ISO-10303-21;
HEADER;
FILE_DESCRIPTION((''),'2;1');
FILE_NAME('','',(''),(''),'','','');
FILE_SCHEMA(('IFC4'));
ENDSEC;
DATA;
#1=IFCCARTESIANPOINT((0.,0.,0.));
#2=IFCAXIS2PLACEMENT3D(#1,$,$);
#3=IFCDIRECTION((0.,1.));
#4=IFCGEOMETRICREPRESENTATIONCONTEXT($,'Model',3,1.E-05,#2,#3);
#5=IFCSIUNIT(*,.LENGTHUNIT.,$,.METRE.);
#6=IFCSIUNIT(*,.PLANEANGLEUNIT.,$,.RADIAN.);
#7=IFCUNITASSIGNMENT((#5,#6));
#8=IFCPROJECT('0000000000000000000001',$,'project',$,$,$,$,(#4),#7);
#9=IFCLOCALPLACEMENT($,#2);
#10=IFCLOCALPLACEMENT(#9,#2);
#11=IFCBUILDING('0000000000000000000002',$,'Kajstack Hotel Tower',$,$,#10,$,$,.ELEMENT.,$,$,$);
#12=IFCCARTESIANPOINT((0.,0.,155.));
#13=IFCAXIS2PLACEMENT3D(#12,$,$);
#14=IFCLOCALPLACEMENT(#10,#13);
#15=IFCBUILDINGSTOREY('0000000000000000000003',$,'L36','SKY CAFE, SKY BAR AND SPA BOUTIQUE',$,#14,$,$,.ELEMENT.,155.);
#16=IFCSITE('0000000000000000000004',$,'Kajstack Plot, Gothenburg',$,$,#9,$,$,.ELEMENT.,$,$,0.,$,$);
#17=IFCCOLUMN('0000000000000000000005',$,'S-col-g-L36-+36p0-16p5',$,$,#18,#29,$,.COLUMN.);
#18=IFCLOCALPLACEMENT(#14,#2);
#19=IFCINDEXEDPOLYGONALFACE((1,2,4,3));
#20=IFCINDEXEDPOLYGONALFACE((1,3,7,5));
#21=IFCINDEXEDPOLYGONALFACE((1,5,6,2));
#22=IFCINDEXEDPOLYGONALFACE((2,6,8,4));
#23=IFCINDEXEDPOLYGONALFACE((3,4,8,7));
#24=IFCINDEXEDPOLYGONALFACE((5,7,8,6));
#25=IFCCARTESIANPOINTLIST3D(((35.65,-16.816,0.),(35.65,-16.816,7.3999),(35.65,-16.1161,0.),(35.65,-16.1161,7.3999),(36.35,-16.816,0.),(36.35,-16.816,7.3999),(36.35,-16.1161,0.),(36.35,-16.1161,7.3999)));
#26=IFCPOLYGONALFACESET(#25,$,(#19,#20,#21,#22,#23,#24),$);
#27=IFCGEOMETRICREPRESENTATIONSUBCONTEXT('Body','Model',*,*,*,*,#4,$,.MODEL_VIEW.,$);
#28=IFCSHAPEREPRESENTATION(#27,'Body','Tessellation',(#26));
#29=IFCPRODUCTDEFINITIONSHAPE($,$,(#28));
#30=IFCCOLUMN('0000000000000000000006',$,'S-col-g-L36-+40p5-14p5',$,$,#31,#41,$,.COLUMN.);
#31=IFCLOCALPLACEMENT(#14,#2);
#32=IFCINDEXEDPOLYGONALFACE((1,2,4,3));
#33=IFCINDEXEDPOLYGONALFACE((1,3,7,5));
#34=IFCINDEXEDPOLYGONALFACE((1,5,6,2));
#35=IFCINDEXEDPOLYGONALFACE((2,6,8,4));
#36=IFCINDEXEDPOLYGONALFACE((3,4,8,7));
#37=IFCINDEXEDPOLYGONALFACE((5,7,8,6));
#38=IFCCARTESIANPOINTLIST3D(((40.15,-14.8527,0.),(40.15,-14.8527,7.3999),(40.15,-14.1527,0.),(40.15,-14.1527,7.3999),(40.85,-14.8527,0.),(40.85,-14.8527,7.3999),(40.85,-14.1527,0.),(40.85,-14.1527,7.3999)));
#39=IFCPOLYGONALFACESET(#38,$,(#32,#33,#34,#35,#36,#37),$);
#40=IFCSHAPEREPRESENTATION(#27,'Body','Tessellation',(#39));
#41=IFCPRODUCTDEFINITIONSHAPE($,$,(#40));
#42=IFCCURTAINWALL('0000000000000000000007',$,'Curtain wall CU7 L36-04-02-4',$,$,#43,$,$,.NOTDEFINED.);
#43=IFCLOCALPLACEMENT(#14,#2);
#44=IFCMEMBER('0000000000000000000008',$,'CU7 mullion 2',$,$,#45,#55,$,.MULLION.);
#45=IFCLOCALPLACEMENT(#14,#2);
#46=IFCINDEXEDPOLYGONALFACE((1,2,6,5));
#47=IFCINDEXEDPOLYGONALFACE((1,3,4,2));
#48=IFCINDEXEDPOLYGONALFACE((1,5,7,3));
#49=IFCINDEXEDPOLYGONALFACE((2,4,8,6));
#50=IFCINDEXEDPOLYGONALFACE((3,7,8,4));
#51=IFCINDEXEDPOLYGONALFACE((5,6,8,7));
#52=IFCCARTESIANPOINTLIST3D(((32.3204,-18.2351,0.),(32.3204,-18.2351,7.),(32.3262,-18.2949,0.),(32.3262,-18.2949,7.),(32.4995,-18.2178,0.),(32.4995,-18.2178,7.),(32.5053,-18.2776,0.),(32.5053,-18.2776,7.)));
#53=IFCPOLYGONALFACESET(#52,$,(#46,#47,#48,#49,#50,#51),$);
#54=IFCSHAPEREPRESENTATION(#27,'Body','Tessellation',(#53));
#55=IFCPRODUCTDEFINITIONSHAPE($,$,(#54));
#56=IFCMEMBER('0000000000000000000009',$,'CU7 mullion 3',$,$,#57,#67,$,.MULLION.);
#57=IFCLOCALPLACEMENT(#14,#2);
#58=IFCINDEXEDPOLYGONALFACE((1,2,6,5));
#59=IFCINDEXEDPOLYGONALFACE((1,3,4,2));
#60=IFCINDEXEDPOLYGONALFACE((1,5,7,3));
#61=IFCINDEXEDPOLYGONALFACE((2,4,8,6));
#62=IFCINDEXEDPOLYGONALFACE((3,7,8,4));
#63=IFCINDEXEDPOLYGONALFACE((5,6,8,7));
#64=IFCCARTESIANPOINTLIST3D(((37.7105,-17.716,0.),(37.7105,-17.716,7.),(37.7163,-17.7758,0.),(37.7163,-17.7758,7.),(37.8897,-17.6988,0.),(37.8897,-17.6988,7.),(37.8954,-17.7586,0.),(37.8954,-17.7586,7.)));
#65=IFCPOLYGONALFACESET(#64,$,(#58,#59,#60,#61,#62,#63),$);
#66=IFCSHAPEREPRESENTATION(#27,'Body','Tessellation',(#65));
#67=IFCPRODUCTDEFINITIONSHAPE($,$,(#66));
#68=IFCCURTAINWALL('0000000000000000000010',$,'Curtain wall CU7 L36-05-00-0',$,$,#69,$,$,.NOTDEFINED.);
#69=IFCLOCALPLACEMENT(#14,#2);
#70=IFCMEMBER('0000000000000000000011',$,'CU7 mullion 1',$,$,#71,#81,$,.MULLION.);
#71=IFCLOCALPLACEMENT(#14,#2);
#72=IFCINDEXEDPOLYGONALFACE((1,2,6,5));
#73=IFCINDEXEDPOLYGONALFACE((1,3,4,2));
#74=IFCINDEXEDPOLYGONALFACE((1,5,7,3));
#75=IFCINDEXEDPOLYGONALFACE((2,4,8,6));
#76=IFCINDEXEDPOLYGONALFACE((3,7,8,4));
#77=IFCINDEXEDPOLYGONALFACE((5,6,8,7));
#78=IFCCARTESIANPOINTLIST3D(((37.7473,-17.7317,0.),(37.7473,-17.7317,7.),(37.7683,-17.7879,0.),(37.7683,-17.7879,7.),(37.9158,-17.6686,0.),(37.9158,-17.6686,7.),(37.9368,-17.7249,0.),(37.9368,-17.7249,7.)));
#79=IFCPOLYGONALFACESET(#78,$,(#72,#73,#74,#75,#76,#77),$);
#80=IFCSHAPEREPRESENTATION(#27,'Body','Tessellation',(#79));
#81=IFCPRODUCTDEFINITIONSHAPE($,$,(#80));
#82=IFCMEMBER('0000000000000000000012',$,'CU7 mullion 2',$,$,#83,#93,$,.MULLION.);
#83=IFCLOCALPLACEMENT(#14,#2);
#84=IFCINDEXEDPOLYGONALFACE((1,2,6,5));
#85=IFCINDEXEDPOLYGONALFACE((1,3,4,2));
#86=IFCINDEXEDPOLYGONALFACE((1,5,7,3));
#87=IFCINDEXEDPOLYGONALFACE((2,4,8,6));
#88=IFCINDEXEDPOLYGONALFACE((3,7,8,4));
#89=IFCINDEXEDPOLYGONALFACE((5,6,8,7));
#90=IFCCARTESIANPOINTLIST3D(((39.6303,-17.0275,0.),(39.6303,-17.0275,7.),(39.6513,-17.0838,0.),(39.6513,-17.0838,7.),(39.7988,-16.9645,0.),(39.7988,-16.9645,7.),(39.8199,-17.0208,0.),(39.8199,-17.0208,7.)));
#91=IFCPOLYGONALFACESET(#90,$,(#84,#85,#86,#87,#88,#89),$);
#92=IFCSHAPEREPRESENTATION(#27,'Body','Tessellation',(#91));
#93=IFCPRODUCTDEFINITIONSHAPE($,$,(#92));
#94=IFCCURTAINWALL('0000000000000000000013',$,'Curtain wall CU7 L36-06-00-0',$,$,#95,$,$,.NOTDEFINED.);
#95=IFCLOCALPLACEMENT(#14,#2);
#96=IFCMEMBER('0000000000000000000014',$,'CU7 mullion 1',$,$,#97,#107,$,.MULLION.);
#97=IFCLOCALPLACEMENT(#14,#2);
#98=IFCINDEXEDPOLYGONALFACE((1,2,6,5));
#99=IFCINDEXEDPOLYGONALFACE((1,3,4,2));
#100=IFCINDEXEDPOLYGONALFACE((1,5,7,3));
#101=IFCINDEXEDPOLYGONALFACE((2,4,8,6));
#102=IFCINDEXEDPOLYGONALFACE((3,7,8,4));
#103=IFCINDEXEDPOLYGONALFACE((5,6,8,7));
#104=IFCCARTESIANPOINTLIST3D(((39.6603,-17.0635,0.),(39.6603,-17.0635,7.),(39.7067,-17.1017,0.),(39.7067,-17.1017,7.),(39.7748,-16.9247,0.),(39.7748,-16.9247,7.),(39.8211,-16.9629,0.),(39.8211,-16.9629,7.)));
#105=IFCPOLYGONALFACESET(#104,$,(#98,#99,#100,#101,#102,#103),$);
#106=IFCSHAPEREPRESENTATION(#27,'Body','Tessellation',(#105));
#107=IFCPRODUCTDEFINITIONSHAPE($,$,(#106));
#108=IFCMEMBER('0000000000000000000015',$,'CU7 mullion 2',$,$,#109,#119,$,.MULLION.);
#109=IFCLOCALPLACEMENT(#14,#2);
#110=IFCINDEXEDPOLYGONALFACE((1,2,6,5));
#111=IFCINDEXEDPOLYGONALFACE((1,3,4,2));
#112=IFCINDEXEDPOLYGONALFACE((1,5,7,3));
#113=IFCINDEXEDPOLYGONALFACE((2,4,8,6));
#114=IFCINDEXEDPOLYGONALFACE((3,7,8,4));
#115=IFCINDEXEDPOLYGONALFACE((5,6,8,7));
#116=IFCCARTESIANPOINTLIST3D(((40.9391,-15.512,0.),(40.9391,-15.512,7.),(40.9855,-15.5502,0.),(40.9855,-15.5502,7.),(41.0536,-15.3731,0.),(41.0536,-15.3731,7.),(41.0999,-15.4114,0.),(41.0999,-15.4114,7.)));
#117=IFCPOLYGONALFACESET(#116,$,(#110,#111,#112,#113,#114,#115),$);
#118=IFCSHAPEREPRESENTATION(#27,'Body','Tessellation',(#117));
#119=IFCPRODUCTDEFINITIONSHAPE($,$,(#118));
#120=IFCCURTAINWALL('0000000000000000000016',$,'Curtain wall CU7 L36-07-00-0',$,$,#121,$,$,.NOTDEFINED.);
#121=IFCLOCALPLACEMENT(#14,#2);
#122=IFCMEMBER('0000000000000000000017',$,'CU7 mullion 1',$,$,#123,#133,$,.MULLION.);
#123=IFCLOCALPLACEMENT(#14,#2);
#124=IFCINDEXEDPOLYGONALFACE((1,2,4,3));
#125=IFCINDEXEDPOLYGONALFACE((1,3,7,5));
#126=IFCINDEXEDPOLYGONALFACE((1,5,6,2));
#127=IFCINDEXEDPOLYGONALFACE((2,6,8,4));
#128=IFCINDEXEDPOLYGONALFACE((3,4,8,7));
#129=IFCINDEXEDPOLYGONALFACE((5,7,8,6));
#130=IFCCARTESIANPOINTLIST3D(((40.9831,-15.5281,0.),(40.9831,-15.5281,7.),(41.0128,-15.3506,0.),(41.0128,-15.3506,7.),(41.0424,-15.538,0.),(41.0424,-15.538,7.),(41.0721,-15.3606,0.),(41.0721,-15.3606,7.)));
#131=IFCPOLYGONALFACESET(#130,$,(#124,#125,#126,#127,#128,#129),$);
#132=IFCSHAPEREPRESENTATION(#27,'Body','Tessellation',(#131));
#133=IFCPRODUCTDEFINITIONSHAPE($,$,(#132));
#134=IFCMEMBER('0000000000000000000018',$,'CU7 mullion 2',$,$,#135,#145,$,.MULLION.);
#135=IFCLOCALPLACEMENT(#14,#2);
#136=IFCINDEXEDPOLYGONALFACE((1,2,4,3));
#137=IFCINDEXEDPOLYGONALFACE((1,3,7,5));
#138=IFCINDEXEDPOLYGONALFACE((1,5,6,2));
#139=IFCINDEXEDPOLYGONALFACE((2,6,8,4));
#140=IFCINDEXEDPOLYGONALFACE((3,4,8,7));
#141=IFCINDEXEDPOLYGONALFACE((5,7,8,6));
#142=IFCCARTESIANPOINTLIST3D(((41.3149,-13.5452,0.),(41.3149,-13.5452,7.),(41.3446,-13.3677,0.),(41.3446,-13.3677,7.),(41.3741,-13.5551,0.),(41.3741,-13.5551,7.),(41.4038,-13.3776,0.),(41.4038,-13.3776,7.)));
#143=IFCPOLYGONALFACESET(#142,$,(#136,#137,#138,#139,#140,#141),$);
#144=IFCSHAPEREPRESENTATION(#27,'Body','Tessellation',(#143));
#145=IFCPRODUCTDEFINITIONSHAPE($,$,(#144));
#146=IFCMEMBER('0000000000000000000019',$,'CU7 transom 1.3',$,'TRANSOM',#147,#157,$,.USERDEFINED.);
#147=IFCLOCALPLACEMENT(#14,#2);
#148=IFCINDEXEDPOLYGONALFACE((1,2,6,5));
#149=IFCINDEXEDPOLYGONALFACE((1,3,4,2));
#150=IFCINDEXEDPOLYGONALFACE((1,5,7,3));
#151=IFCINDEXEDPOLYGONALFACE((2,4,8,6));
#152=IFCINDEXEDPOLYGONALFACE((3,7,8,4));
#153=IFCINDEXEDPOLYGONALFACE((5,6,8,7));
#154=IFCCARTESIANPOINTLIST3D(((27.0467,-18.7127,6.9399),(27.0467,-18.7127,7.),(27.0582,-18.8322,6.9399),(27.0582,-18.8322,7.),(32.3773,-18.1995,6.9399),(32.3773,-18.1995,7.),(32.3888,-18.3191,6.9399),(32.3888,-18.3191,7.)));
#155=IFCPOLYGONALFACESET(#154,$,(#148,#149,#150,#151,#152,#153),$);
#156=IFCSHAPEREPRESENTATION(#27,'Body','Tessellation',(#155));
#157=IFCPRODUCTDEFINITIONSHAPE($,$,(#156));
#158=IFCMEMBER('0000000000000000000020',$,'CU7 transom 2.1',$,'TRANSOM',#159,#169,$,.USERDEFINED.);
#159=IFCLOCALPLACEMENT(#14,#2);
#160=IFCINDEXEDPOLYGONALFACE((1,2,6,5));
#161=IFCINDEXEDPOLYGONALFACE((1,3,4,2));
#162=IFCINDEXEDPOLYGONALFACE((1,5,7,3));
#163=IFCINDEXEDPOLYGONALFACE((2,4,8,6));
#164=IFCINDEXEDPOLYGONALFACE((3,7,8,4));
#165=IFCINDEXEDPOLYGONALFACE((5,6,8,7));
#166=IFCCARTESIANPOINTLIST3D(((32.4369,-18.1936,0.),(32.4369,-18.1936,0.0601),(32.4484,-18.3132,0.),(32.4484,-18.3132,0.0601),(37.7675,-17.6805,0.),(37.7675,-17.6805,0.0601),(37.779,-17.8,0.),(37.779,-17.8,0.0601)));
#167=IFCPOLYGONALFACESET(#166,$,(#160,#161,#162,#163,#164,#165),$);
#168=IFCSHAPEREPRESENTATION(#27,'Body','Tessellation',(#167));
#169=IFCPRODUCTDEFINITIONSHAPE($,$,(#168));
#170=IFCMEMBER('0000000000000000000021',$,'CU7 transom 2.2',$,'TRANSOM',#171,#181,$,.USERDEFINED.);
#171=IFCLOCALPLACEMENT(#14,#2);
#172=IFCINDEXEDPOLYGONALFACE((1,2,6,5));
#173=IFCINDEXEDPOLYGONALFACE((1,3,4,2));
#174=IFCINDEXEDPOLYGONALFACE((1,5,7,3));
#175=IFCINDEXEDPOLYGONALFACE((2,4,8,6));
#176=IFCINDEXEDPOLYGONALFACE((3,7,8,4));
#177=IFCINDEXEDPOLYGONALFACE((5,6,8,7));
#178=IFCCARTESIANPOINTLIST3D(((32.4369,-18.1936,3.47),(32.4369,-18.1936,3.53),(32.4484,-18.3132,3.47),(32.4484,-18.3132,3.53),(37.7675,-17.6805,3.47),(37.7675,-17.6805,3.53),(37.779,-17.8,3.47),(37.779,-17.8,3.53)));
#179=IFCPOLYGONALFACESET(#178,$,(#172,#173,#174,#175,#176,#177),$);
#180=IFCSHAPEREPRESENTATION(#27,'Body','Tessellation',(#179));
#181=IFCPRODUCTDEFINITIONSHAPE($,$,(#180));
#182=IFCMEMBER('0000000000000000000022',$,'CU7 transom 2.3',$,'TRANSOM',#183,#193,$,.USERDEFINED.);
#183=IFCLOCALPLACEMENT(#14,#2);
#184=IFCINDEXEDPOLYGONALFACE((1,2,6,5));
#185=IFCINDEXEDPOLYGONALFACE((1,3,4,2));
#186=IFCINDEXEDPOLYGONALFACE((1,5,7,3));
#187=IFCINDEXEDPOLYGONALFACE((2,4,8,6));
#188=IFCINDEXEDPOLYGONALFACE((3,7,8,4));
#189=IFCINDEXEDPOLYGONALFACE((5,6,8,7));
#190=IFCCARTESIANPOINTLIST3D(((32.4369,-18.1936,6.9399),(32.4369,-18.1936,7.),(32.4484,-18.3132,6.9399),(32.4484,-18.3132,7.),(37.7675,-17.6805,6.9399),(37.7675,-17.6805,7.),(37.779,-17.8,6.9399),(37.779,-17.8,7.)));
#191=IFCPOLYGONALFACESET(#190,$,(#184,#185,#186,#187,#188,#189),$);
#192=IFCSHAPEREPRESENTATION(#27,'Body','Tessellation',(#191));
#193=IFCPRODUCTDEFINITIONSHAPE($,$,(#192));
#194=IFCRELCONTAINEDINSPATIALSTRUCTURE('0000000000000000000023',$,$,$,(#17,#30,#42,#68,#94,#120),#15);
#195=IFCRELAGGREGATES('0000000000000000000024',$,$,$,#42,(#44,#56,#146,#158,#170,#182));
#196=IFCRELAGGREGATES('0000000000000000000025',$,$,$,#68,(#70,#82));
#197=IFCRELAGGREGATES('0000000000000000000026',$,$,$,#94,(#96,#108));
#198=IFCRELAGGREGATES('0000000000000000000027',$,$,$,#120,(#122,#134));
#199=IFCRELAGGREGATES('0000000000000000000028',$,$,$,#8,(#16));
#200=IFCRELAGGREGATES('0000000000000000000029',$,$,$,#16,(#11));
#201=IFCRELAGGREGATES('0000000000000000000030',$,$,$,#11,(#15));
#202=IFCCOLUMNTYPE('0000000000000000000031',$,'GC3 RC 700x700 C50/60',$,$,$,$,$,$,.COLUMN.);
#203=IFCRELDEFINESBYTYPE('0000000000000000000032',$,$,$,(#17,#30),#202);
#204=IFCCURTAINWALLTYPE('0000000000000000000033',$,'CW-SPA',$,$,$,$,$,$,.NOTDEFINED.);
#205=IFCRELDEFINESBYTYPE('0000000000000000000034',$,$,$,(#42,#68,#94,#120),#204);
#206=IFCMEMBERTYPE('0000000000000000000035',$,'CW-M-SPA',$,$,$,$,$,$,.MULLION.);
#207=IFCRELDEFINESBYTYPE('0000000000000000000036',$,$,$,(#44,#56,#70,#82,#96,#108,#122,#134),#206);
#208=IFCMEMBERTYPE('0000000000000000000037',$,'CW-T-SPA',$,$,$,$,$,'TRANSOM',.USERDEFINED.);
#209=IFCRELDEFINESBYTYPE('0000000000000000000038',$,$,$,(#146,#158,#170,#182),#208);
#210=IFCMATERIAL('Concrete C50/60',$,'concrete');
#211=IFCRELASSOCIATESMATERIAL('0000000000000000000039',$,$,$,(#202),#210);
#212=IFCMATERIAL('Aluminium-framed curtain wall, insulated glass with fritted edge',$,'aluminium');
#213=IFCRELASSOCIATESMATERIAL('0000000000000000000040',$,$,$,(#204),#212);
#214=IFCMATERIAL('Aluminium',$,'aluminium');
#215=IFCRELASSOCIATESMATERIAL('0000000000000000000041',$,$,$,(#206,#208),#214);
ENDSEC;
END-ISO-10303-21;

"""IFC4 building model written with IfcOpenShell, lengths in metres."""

from ifc_helpers import new_model, si_unit, direction, frame, origin, origin_2d, place, context, subcontext, project, spatial, rectangle, extrude, material, material_profile, profile_set, type_object, element, aggregate, save


model = new_model("IFC4")

# Units and contexts
model_context = context("Model", 3, precision=1e-05, world=origin(), true_north=direction((0.0, 1.0)))
body_context = subcontext(model_context, "Body", "Model", "MODEL_VIEW")
ifc_project = project(units=[si_unit("LENGTHUNIT", "METRE"), si_unit("PLANEANGLEUNIT", "RADIAN")], contexts=[model_context])

# Site, building, storey
site_placement = place(None, origin())
site = spatial("IfcSite", under=ifc_project, at=site_placement, Name="Kajstack Plot, Gothenburg", CompositionType="ELEMENT", RefElevation=0.0)
building_placement = place(site_placement, origin())
building = spatial("IfcBuilding", under=site, at=building_placement, Name="Kajstack Hotel Tower", CompositionType="ELEMENT")
storey_placement = place(building_placement, frame((0.0, 0.0, 155.0)))
storey = spatial("IfcBuildingStorey", under=building, at=storey_placement, Name="L36", Description="SKY CAFE, SKY BAR AND SPA BOUTIQUE", CompositionType="ELEMENT", Elevation=155.0)

# Columns
ifc_material_1 = material(Name="Concrete C50/60", Category="concrete")
ifc_material_profile_1 = material_profile(ifc_material_1, rectangle(XDim=0.7, YDim=0.7, at=origin_2d()), Name="RC 700x700")
ifc_profile_set_1 = profile_set([ifc_material_profile_1], Name="Concrete C50/60")
column_type = type_object("IfcColumnType", Name="GC3 RC 700x700 C50/60", PredefinedType="COLUMN", material=ifc_profile_set_1)
for number, where, z_axis, x_axis, name in (
    (1, (36.0, -16.4661, 0.0), (0.0, 0.0, 1.0), (1.0, 0.0, 0.0), "S-col-g-L36-+36p0-16p5"),
    (2, (40.5, -14.5027, 0.0), (0.0, 0.0, 1.0), (1.0, 0.0, 0.0), "S-col-g-L36-+40p5-14p5"),
):
    element("IfcColumn", number, at=place(storey_placement, frame(where, z_axis=z_axis, x_axis=x_axis)), inside=storey, type_object=column_type, Name=name, PredefinedType="COLUMN", context=body_context, shape_type="SweptSolid", body=[
        extrude(rectangle(XDim=0.7, YDim=0.7, at=origin_2d()), origin(), (0.0, 0.0, 1.0), 7.3999),
    ])

# Curtain walls, members
ifc_material_2 = material(Name="Aluminium-framed curtain wall, insulated glass with fritted edge", Category="aluminium")
curtain_wall_type = type_object("IfcCurtainWallType", Name="CW-SPA", PredefinedType="NOTDEFINED", material=ifc_material_2)
curtain_wall_1_placement = place(storey_placement, origin())
curtain_wall_1 = element("IfcCurtainWall", 3, at=curtain_wall_1_placement, inside=storey, type_object=curtain_wall_type, Name="Curtain wall CU7 L36-04-02-4", PredefinedType="NOTDEFINED")
ifc_material_3 = material(Name="Aluminium", Category="aluminium")
ifc_material_profile_2 = material_profile(ifc_material_3, rectangle(XDim=0.0601, YDim=0.1799, at=origin_2d()), Name="Aluminium mullion 60 x 180")
ifc_profile_set_2 = profile_set([ifc_material_profile_2], Name="Aluminium")
member_type_1 = type_object("IfcMemberType", Name="CW-M-SPA", PredefinedType="MULLION", material=ifc_profile_set_2)
member_1_placement = place(storey_placement, frame((32.4128, -18.2563, 0.0), z_axis=(0.0, 0.0, 1.0), x_axis=(-0.095845, 0.995396, 0.0)))
member_1 = element("IfcMember", 4, at=member_1_placement, type_object=member_type_1, Name="CU7 mullion 2", PredefinedType="MULLION", context=body_context, shape_type="SweptSolid", body=[
    extrude(rectangle(XDim=0.0601, YDim=0.1799, at=origin_2d()), origin(), (0.0, 0.0, 1.0), 7.0),
])
member_2_placement = place(storey_placement, frame((37.803, -17.7373, 0.0), z_axis=(0.0, 0.0, 1.0), x_axis=(-0.095845, 0.995396, 0.0)))
member_2 = element("IfcMember", 5, at=member_2_placement, type_object=member_type_1, Name="CU7 mullion 3", PredefinedType="MULLION", context=body_context, shape_type="SweptSolid", body=[
    extrude(rectangle(XDim=0.0601, YDim=0.1799, at=origin_2d()), origin(), (0.0, 0.0, 1.0), 7.0),
])
curtain_wall_2_placement = place(storey_placement, origin())
curtain_wall_2 = element("IfcCurtainWall", 6, at=curtain_wall_2_placement, inside=storey, type_object=curtain_wall_type, Name="Curtain wall CU7 L36-05-00-0", PredefinedType="NOTDEFINED")
member_3_placement = place(storey_placement, frame((37.842, -17.7283, 0.0), z_axis=(0.0, 0.0, 1.0), x_axis=(-0.350202, 0.936674, 0.0)))
member_3 = element("IfcMember", 7, at=member_3_placement, type_object=member_type_1, Name="CU7 mullion 1", PredefinedType="MULLION", context=body_context, shape_type="SweptSolid", body=[
    extrude(rectangle(XDim=0.0601, YDim=0.1799, at=origin_2d()), origin(), (0.0, 0.0, 1.0), 7.0),
])
member_4_placement = place(storey_placement, frame((39.7251, -17.0242, 0.0), z_axis=(0.0, 0.0, 1.0), x_axis=(-0.350202, 0.936674, 0.0)))
member_4 = element("IfcMember", 8, at=member_4_placement, type_object=member_type_1, Name="CU7 mullion 2", PredefinedType="MULLION", context=body_context, shape_type="SweptSolid", body=[
    extrude(rectangle(XDim=0.0601, YDim=0.1799, at=origin_2d()), origin(), (0.0, 0.0, 1.0), 7.0),
])
curtain_wall_3_placement = place(storey_placement, origin())
curtain_wall_3 = element("IfcCurtainWall", 9, at=curtain_wall_3_placement, inside=storey, type_object=curtain_wall_type, Name="Curtain wall CU7 L36-06-00-0", PredefinedType="NOTDEFINED")
member_5_placement = place(storey_placement, frame((39.7407, -17.0132, 0.0), z_axis=(0.0, 0.0, 1.0), x_axis=(-0.771611, 0.636095, 0.0)))
member_5 = element("IfcMember", 10, at=member_5_placement, type_object=member_type_1, Name="CU7 mullion 1", PredefinedType="MULLION", context=body_context, shape_type="SweptSolid", body=[
    extrude(rectangle(XDim=0.0601, YDim=0.1799, at=origin_2d()), origin(), (0.0, 0.0, 1.0), 7.0),
])
member_6_placement = place(storey_placement, frame((41.0195, -15.4617, 0.0), z_axis=(0.0, 0.0, 1.0), x_axis=(-0.771611, 0.636095, 0.0)))
member_6 = element("IfcMember", 11, at=member_6_placement, type_object=member_type_1, Name="CU7 mullion 2", PredefinedType="MULLION", context=body_context, shape_type="SweptSolid", body=[
    extrude(rectangle(XDim=0.0601, YDim=0.1799, at=origin_2d()), origin(), (0.0, 0.0, 1.0), 7.0),
])
curtain_wall_4_placement = place(storey_placement, origin())
curtain_wall_4 = element("IfcCurtainWall", 12, at=curtain_wall_4_placement, inside=storey, type_object=curtain_wall_type, Name="Curtain wall CU7 L36-07-00-0", PredefinedType="NOTDEFINED")
member_7_placement = place(storey_placement, frame((41.0276, -15.4443, 0.0), z_axis=(0.0, 0.0, 1.0), x_axis=(-0.986289, 0.165025, 0.0)))
member_7 = element("IfcMember", 13, at=member_7_placement, type_object=member_type_1, Name="CU7 mullion 1", PredefinedType="MULLION", context=body_context, shape_type="SweptSolid", body=[
    extrude(rectangle(XDim=0.0601, YDim=0.1799, at=origin_2d()), origin(), (0.0, 0.0, 1.0), 7.0),
])
member_8_placement = place(storey_placement, frame((41.3594, -13.4614, 0.0), z_axis=(0.0, 0.0, 1.0), x_axis=(-0.986289, 0.165025, 0.0)))
member_8 = element("IfcMember", 14, at=member_8_placement, type_object=member_type_1, Name="CU7 mullion 2", PredefinedType="MULLION", context=body_context, shape_type="SweptSolid", body=[
    extrude(rectangle(XDim=0.0601, YDim=0.1799, at=origin_2d()), origin(), (0.0, 0.0, 1.0), 7.0),
])

# Members
ifc_material_profile_3 = material_profile(ifc_material_3, rectangle(XDim=0.1201, YDim=0.0601, at=origin_2d()), Name="Aluminium transom 120 x 60")
ifc_profile_set_3 = profile_set([ifc_material_profile_3], Name="Aluminium")
member_type_2 = type_object("IfcMemberType", Name="CW-T-SPA", ElementType="TRANSOM", PredefinedType="USERDEFINED", material=ifc_profile_set_3)
member_9_placement = place(storey_placement, frame((27.0525, -18.7725, 6.97), z_axis=(0.995398, 0.095829, 0.0), x_axis=(-0.095829, 0.995398, 0.0)))
member_9 = element("IfcMember", 15, at=member_9_placement, type_object=member_type_2, Name="CU7 transom 1.3", ObjectType="TRANSOM", PredefinedType="USERDEFINED", context=body_context, shape_type="SweptSolid", body=[
    extrude(rectangle(XDim=0.1201, YDim=0.0601, at=origin_2d()), origin(), (0.0, 0.0, 1.0), 5.3552),
])
member_10_placement = place(storey_placement, frame((32.4426, -18.2534, 0.03), z_axis=(0.995398, 0.095829, 0.0), x_axis=(-0.095829, 0.995398, 0.0)))
member_10 = element("IfcMember", 16, at=member_10_placement, type_object=member_type_2, Name="CU7 transom 2.1", ObjectType="TRANSOM", PredefinedType="USERDEFINED", context=body_context, shape_type="SweptSolid", body=[
    extrude(rectangle(XDim=0.1201, YDim=0.0601, at=origin_2d()), origin(), (0.0, 0.0, 1.0), 5.3552),
])
member_11_placement = place(storey_placement, frame((32.4426, -18.2534, 3.5), z_axis=(0.995398, 0.095829, 0.0), x_axis=(-0.095829, 0.995398, 0.0)))
member_11 = element("IfcMember", 17, at=member_11_placement, type_object=member_type_2, Name="CU7 transom 2.2", ObjectType="TRANSOM", PredefinedType="USERDEFINED", context=body_context, shape_type="SweptSolid", body=[
    extrude(rectangle(XDim=0.1201, YDim=0.0601, at=origin_2d()), origin(), (0.0, 0.0, 1.0), 5.3552),
])
member_12_placement = place(storey_placement, frame((32.4426, -18.2534, 6.97), z_axis=(0.995398, 0.095829, 0.0), x_axis=(-0.095829, 0.995398, 0.0)))
member_12 = element("IfcMember", 18, at=member_12_placement, type_object=member_type_2, Name="CU7 transom 2.3", ObjectType="TRANSOM", PredefinedType="USERDEFINED", context=body_context, shape_type="SweptSolid", body=[
    extrude(rectangle(XDim=0.1201, YDim=0.0601, at=origin_2d()), origin(), (0.0, 0.0, 1.0), 5.3552),
])

aggregate(curtain_wall_1, [member_1, member_2, member_9, member_10, member_11, member_12])
aggregate(curtain_wall_2, [member_3, member_4])
aggregate(curtain_wall_3, [member_5, member_6])
aggregate(curtain_wall_4, [member_7, member_8])

save(model, "model.ifc")
